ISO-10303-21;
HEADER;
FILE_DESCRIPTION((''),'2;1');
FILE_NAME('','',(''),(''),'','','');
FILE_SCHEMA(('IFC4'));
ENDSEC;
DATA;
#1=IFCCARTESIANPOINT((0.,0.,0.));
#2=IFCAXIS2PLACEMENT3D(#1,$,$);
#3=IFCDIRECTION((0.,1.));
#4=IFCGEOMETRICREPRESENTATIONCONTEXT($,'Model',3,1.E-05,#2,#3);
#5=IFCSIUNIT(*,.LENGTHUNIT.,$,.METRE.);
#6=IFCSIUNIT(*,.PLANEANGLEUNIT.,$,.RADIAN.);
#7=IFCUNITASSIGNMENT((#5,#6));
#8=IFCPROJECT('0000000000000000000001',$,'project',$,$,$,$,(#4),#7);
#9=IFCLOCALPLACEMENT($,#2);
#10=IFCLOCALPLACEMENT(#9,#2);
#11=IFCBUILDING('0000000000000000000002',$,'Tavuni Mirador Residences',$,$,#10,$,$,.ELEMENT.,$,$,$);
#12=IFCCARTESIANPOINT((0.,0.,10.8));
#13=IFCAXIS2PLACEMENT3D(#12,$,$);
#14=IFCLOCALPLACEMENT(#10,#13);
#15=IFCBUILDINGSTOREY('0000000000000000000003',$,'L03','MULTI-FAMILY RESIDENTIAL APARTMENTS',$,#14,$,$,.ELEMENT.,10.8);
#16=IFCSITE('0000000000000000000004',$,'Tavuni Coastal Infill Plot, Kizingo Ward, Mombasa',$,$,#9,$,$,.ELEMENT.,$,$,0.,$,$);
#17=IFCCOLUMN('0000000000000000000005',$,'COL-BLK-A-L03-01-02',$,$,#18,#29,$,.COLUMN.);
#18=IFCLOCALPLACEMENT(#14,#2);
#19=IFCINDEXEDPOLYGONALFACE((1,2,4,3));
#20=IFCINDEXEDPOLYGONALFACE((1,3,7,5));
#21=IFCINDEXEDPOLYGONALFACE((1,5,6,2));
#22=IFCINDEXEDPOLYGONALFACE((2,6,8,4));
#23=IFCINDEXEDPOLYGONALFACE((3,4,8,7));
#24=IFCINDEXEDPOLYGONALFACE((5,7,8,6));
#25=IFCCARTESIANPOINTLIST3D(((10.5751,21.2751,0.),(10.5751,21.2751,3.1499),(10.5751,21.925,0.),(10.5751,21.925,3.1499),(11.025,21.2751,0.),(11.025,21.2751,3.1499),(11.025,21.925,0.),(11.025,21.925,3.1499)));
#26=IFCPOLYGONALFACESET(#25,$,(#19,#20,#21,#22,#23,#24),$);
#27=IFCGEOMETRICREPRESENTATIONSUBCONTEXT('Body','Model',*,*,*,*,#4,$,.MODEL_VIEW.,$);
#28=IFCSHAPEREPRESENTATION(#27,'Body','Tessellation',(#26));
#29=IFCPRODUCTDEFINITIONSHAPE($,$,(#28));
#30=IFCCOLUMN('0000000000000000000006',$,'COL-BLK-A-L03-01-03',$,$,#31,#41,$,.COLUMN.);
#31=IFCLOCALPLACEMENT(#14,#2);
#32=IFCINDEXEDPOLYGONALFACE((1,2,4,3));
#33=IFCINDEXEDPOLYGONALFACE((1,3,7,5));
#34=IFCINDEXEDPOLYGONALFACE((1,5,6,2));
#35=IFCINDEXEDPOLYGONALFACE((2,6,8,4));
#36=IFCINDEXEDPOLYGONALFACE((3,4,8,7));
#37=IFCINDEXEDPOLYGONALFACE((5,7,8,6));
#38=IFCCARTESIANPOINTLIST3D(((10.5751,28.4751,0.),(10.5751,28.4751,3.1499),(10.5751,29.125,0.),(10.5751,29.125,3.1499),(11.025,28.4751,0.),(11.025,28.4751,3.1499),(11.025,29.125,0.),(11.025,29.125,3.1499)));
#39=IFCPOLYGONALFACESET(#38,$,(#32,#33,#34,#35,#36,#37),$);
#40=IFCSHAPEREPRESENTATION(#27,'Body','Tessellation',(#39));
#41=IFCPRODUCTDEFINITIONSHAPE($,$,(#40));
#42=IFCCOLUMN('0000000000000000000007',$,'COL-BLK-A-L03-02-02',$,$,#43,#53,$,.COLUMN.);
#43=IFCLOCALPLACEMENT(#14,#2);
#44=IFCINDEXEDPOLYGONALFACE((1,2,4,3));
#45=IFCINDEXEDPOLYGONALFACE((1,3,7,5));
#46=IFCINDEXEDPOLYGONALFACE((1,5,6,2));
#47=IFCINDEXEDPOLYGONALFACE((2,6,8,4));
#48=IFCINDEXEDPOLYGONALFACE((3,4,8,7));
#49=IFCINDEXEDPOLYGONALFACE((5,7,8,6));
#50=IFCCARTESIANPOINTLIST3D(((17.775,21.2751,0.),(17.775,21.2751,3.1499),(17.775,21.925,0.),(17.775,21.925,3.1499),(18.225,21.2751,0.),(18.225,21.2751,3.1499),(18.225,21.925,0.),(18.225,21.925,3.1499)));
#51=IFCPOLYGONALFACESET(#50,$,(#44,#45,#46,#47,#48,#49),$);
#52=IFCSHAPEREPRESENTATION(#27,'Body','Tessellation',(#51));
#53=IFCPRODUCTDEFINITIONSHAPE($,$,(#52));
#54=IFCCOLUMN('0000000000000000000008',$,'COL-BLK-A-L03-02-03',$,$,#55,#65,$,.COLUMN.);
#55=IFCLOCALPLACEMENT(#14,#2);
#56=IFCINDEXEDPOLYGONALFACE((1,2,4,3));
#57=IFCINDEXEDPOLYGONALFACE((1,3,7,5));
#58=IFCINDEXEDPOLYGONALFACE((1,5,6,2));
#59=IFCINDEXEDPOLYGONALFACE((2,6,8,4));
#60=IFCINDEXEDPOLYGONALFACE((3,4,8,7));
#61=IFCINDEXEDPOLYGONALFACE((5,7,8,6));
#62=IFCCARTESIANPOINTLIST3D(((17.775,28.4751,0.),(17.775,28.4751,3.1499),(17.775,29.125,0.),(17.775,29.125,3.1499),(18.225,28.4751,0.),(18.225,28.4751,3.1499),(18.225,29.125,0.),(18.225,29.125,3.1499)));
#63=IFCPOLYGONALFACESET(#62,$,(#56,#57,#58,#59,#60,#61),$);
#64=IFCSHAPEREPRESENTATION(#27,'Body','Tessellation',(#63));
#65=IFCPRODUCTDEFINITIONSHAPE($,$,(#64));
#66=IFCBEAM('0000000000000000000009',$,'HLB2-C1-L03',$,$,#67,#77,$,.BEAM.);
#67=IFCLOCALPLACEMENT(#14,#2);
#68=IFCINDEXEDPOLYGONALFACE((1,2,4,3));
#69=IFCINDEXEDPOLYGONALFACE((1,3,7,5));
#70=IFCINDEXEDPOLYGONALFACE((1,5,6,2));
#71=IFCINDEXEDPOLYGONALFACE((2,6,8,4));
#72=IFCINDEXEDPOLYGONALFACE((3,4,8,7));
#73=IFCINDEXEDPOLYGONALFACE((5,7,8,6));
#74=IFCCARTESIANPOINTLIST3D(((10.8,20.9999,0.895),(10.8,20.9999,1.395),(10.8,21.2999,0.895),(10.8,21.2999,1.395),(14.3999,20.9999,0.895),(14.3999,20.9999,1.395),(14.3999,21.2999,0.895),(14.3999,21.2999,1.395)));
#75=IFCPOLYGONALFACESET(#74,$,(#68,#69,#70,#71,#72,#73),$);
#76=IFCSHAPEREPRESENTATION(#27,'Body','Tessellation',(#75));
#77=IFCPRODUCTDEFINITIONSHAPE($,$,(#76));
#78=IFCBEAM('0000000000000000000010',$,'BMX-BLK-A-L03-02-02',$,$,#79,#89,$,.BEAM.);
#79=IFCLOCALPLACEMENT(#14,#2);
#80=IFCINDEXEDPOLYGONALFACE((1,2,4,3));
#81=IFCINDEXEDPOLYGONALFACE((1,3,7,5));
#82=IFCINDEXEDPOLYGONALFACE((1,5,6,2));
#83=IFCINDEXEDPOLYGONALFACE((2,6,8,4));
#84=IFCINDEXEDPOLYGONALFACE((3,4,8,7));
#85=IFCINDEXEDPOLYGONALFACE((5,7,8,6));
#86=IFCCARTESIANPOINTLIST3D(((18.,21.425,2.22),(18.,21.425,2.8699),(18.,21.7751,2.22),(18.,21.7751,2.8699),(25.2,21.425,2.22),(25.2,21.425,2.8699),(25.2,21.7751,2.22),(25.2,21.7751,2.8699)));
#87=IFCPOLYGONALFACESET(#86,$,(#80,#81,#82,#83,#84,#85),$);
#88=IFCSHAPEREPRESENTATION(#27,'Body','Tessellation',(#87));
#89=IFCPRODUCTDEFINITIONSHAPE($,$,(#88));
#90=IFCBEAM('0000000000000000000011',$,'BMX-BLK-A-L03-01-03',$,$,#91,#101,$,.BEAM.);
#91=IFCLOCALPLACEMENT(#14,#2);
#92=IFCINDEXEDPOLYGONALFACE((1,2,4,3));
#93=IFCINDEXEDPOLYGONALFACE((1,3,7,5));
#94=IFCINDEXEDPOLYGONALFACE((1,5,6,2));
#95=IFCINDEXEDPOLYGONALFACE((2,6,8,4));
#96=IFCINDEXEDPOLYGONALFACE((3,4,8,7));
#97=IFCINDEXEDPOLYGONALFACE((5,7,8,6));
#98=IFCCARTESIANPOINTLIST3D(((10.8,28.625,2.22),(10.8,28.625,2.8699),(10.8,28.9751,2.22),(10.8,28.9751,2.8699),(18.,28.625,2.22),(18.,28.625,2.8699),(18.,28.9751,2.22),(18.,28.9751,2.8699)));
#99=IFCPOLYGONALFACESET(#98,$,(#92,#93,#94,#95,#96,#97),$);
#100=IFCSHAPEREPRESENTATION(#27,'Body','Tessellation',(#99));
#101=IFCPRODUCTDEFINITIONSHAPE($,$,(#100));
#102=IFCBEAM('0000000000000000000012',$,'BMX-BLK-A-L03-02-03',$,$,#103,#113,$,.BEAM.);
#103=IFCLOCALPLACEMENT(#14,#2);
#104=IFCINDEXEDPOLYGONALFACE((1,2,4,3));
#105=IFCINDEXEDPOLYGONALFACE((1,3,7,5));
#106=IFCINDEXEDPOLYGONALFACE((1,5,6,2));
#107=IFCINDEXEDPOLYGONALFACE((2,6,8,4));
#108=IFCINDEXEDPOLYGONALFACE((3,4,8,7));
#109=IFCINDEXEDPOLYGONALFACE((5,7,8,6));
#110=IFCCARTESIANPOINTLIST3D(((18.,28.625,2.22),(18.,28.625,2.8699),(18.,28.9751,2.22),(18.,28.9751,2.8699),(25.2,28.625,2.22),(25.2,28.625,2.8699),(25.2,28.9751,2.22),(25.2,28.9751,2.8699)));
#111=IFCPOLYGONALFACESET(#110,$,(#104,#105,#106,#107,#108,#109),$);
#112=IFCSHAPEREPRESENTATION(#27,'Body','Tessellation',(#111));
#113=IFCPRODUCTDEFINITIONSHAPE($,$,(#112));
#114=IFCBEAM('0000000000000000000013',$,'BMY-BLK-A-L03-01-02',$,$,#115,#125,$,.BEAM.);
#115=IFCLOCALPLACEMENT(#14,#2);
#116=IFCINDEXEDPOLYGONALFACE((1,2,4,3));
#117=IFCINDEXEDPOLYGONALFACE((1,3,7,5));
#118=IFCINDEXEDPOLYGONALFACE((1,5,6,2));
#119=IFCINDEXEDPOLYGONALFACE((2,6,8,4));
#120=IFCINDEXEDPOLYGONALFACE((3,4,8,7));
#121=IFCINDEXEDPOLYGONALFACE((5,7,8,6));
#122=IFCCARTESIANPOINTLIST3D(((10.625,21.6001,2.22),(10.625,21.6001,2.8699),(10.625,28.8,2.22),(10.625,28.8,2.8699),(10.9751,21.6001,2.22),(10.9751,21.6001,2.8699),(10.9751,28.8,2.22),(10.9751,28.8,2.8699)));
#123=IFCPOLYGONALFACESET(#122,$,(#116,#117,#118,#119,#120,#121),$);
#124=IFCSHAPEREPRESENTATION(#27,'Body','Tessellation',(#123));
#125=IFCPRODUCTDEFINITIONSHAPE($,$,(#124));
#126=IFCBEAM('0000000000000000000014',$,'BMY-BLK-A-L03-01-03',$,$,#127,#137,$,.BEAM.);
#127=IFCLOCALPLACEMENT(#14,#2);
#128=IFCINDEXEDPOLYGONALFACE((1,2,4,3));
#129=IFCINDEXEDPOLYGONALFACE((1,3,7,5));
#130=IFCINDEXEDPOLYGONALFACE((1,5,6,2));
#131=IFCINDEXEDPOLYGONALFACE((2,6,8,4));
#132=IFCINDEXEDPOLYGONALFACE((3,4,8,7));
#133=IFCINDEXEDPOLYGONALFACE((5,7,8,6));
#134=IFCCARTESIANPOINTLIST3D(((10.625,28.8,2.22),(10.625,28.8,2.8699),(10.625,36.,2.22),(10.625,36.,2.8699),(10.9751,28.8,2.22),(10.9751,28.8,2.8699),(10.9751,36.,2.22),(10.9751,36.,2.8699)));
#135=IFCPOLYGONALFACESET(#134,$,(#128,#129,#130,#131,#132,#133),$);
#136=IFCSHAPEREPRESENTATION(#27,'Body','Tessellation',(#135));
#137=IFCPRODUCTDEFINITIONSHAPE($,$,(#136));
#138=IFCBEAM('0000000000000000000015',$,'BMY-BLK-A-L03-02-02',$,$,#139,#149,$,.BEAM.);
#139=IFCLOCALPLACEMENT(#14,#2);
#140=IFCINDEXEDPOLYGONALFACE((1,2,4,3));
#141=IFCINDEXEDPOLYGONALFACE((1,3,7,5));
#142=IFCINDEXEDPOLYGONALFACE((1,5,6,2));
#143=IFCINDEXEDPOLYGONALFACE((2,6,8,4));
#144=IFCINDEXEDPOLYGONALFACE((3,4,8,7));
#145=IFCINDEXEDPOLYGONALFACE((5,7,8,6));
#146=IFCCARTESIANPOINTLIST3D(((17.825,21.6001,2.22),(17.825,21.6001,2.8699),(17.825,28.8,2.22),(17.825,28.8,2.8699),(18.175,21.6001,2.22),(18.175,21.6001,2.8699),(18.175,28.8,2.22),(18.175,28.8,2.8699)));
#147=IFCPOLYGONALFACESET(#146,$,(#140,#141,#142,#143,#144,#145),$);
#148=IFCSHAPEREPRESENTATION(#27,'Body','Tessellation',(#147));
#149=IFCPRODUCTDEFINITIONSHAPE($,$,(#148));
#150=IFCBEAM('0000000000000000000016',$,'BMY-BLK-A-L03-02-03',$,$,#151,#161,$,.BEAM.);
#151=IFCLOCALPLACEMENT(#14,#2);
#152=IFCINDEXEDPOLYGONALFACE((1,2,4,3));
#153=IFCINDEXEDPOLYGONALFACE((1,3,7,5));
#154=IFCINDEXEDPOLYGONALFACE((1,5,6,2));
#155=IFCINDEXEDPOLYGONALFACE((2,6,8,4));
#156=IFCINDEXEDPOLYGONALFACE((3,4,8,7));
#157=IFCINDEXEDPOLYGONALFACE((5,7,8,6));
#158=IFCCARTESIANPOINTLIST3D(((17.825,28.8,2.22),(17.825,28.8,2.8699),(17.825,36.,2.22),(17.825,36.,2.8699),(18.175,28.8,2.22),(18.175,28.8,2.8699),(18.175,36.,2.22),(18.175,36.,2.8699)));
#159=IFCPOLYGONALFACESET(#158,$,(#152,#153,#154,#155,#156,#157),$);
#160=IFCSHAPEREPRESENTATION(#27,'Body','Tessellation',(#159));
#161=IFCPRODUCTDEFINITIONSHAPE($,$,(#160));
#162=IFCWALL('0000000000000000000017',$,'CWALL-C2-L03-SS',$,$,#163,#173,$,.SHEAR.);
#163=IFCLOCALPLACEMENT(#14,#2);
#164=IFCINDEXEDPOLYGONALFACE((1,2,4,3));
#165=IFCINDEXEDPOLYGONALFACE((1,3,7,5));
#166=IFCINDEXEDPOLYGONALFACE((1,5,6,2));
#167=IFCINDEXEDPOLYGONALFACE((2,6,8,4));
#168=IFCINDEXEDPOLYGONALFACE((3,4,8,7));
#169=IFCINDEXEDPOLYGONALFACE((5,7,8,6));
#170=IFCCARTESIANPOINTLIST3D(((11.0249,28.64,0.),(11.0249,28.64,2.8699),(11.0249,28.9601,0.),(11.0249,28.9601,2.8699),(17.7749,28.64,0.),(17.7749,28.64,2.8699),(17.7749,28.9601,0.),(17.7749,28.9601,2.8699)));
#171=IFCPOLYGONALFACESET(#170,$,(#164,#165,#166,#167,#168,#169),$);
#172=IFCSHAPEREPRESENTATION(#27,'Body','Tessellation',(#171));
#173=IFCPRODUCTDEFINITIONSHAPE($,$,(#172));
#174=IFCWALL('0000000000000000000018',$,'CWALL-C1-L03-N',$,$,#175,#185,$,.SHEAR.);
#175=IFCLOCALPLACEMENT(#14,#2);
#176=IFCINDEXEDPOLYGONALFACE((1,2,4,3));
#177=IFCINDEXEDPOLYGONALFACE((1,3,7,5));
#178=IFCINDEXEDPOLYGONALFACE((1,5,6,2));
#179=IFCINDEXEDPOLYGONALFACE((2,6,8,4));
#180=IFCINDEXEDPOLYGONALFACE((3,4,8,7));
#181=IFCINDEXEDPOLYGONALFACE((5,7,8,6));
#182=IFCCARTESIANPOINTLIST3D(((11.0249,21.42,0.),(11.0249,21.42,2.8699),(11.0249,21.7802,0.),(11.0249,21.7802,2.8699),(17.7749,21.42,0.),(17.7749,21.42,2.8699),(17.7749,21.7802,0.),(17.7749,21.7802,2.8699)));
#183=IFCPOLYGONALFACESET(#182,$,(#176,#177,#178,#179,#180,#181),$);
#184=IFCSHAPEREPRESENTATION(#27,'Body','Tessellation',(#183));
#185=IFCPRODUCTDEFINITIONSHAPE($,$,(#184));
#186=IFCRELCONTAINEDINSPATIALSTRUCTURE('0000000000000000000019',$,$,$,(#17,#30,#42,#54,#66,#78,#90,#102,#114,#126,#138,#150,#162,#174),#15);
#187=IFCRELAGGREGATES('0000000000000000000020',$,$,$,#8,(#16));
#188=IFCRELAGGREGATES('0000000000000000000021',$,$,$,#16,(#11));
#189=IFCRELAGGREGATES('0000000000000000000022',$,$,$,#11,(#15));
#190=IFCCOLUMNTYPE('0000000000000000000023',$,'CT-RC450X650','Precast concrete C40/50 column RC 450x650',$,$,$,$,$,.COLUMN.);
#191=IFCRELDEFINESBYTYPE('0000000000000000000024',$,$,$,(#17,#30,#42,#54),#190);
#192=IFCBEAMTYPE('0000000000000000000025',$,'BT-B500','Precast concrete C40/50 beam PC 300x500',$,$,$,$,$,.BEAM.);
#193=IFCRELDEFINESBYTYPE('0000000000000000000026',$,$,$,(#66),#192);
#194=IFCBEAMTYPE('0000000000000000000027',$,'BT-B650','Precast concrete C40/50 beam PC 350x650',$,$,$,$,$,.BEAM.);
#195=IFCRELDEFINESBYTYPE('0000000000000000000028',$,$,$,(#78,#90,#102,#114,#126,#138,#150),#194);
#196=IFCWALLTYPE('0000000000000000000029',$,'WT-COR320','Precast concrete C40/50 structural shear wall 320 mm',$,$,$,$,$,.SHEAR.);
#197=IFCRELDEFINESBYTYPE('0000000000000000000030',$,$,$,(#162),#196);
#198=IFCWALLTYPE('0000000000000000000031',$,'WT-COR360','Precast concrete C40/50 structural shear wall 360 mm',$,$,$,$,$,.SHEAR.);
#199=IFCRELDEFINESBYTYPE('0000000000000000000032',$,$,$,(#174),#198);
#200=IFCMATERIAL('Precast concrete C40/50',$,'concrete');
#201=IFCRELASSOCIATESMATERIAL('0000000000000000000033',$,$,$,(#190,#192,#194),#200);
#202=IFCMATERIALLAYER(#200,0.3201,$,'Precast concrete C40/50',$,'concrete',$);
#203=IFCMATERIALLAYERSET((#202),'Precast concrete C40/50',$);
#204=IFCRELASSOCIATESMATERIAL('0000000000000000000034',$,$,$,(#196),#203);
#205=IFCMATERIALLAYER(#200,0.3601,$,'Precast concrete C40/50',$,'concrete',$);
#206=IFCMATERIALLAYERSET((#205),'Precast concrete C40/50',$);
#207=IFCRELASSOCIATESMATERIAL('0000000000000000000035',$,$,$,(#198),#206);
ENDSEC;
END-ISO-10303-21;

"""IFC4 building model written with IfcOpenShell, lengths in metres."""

from ifc_helpers import new_model, si_unit, direction, frame, frame_2d, origin, origin_2d, place, context, subcontext, project, spatial, rectangle, extrude, material, layer, layer_set, material_profile, profile_set, type_object, element, save


model = new_model("IFC4")

# Units and contexts
model_context = context("Model", 3, precision=1e-05, world=origin(), true_north=direction((0.0, 1.0)))
body_context = subcontext(model_context, "Body", "Model", "MODEL_VIEW")
ifc_project = project(units=[si_unit("LENGTHUNIT", "METRE"), si_unit("PLANEANGLEUNIT", "RADIAN")], contexts=[model_context])

# Site, building, storey
site_placement = place(None, origin())
site = spatial("IfcSite", under=ifc_project, at=site_placement, Name="Tavuni Coastal Infill Plot, Kizingo Ward, Mombasa", CompositionType="ELEMENT", RefElevation=0.0)
building_placement = place(site_placement, origin())
building = spatial("IfcBuilding", under=site, at=building_placement, Name="Tavuni Mirador Residences", CompositionType="ELEMENT")
storey_placement = place(building_placement, frame((0.0, 0.0, 10.8)))
storey = spatial("IfcBuildingStorey", under=building, at=storey_placement, Name="L03", Description="MULTI-FAMILY RESIDENTIAL APARTMENTS", CompositionType="ELEMENT", Elevation=10.8)

# Columns
ifc_material_1 = material(Name="Precast concrete C40/50", Category="concrete")
ifc_material_profile_1 = material_profile(ifc_material_1, rectangle(XDim=0.45, YDim=0.6499, at=origin_2d()), Name="RC 450x650", Category="concrete")
ifc_profile_set_1 = profile_set([ifc_material_profile_1], Name="Precast concrete C40/50")
column_type = type_object("IfcColumnType", Name="CT-RC450X650", Description="Precast concrete C40/50 column RC 450x650", PredefinedType="COLUMN", material=ifc_profile_set_1)
for number, where, z_axis, x_axis, name in (
    (1, (10.8, 21.6001, 0.0), (0.0, 0.0, 1.0), (1.0, 0.0, 0.0), "COL-BLK-A-L03-01-02"),
    (2, (10.8, 28.8, 0.0), (0.0, 0.0, 1.0), (1.0, 0.0, 0.0), "COL-BLK-A-L03-01-03"),
    (3, (18.0, 21.6001, 0.0), (0.0, 0.0, 1.0), (1.0, 0.0, 0.0), "COL-BLK-A-L03-02-02"),
    (4, (18.0, 28.8, 0.0), (0.0, 0.0, 1.0), (1.0, 0.0, 0.0), "COL-BLK-A-L03-02-03"),
):
    element("IfcColumn", number, at=place(storey_placement, frame(where, z_axis=z_axis, x_axis=x_axis)), inside=storey, type_object=column_type, Name=name, PredefinedType="COLUMN", context=body_context, shape_type="SweptSolid", body=[
        extrude(rectangle(XDim=0.45, YDim=0.6499, at=origin_2d()), origin(), (0.0, 0.0, 1.0), 3.1499),
    ])

# Beams
ifc_material_profile_2 = material_profile(ifc_material_1, rectangle(XDim=0.3, YDim=0.5, at=origin_2d()), Name="PC 300x500", Category="concrete")
ifc_profile_set_2 = profile_set([ifc_material_profile_2], Name="Precast concrete C40/50")
beam_type_1 = type_object("IfcBeamType", Name="BT-B500", Description="Precast concrete C40/50 beam PC 300x500", PredefinedType="BEAM", material=ifc_profile_set_2)
beam_placement = place(storey_placement, frame((10.8, 21.1499, 1.145), z_axis=(1.0, 0.0, 0.0), x_axis=(0.0, 1.0, 0.0)))
element("IfcBeam", 5, at=beam_placement, inside=storey, type_object=beam_type_1, Name="HLB2-C1-L03", PredefinedType="BEAM", context=body_context, shape_type="SweptSolid", body=[
    extrude(rectangle(XDim=0.3, YDim=0.5, at=origin_2d()), origin(), (0.0, 0.0, 1.0), 3.5999),
])
ifc_material_profile_3 = material_profile(ifc_material_1, rectangle(XDim=0.3501, YDim=0.6499, at=origin_2d()), Name="PC 350x650", Category="concrete")
ifc_profile_set_3 = profile_set([ifc_material_profile_3], Name="Precast concrete C40/50")
beam_type_2 = type_object("IfcBeamType", Name="BT-B650", Description="Precast concrete C40/50 beam PC 350x650", PredefinedType="BEAM", material=ifc_profile_set_3)
for number, where, z_axis, x_axis, name in (
    (6, (18.0, 21.6001, 2.5449), (1.0, 0.0, 0.0), (0.0, 1.0, 0.0), "BMX-BLK-A-L03-02-02"),
    (7, (10.8, 28.8, 2.5449), (1.0, 0.0, 0.0), (0.0, 1.0, 0.0), "BMX-BLK-A-L03-01-03"),
    (8, (18.0, 28.8, 2.5449), (1.0, 0.0, 0.0), (0.0, 1.0, 0.0), "BMX-BLK-A-L03-02-03"),
    (9, (10.8, 21.6001, 2.5449), (0.0, 1.0, 0.0), (-1.0, 0.0, 0.0), "BMY-BLK-A-L03-01-02"),
    (10, (10.8, 28.8, 2.5449), (0.0, 1.0, 0.0), (-1.0, 0.0, 0.0), "BMY-BLK-A-L03-01-03"),
    (11, (18.0, 21.6001, 2.5449), (0.0, 1.0, 0.0), (-1.0, 0.0, 0.0), "BMY-BLK-A-L03-02-02"),
    (12, (18.0, 28.8, 2.5449), (0.0, 1.0, 0.0), (-1.0, 0.0, 0.0), "BMY-BLK-A-L03-02-03"),
):
    element("IfcBeam", number, at=place(storey_placement, frame(where, z_axis=z_axis, x_axis=x_axis)), inside=storey, type_object=beam_type_2, Name=name, PredefinedType="BEAM", context=body_context, shape_type="SweptSolid", body=[
        extrude(rectangle(XDim=0.3501, YDim=0.6499, at=origin_2d()), origin(), (0.0, 0.0, 1.0), 7.2),
    ])

# Walls
ifc_layer_1 = layer(ifc_material_1, 0.3201, Name="Precast concrete C40/50", Category="concrete")
ifc_layer_set_1 = layer_set([ifc_layer_1], Name="Precast concrete C40/50")
wall_type_1 = type_object("IfcWallType", Name="WT-COR320", Description="Precast concrete C40/50 structural shear wall 320 mm", PredefinedType="SHEAR", material=ifc_layer_set_1)
wall_1_placement = place(storey_placement, frame((11.0249, 28.8, 0.0), z_axis=(0.0, 0.0, 1.0), x_axis=(1.0, 0.0, 0.0)))
element("IfcWall", 13, at=wall_1_placement, inside=storey, type_object=wall_type_1, Name="CWALL-C2-L03-SS", PredefinedType="SHEAR", context=body_context, shape_type="SweptSolid", body=[
    extrude(rectangle(XDim=6.75, YDim=0.3201, at=frame_2d((3.375, 0.0))), origin(), (0.0, 0.0, 1.0), 2.8699),
])
ifc_layer_2 = layer(ifc_material_1, 0.3601, Name="Precast concrete C40/50", Category="concrete")
ifc_layer_set_2 = layer_set([ifc_layer_2], Name="Precast concrete C40/50")
wall_type_2 = type_object("IfcWallType", Name="WT-COR360", Description="Precast concrete C40/50 structural shear wall 360 mm", PredefinedType="SHEAR", material=ifc_layer_set_2)
wall_2_placement = place(storey_placement, frame((11.0249, 21.6001, 0.0), z_axis=(0.0, 0.0, 1.0), x_axis=(1.0, 0.0, 0.0)))
element("IfcWall", 14, at=wall_2_placement, inside=storey, type_object=wall_type_2, Name="CWALL-C1-L03-N", PredefinedType="SHEAR", context=body_context, shape_type="SweptSolid", body=[
    extrude(rectangle(XDim=6.75, YDim=0.3601, at=frame_2d((3.375, 0.0))), origin(), (0.0, 0.0, 1.0), 2.8699),
])

save(model, "model.ifc")
